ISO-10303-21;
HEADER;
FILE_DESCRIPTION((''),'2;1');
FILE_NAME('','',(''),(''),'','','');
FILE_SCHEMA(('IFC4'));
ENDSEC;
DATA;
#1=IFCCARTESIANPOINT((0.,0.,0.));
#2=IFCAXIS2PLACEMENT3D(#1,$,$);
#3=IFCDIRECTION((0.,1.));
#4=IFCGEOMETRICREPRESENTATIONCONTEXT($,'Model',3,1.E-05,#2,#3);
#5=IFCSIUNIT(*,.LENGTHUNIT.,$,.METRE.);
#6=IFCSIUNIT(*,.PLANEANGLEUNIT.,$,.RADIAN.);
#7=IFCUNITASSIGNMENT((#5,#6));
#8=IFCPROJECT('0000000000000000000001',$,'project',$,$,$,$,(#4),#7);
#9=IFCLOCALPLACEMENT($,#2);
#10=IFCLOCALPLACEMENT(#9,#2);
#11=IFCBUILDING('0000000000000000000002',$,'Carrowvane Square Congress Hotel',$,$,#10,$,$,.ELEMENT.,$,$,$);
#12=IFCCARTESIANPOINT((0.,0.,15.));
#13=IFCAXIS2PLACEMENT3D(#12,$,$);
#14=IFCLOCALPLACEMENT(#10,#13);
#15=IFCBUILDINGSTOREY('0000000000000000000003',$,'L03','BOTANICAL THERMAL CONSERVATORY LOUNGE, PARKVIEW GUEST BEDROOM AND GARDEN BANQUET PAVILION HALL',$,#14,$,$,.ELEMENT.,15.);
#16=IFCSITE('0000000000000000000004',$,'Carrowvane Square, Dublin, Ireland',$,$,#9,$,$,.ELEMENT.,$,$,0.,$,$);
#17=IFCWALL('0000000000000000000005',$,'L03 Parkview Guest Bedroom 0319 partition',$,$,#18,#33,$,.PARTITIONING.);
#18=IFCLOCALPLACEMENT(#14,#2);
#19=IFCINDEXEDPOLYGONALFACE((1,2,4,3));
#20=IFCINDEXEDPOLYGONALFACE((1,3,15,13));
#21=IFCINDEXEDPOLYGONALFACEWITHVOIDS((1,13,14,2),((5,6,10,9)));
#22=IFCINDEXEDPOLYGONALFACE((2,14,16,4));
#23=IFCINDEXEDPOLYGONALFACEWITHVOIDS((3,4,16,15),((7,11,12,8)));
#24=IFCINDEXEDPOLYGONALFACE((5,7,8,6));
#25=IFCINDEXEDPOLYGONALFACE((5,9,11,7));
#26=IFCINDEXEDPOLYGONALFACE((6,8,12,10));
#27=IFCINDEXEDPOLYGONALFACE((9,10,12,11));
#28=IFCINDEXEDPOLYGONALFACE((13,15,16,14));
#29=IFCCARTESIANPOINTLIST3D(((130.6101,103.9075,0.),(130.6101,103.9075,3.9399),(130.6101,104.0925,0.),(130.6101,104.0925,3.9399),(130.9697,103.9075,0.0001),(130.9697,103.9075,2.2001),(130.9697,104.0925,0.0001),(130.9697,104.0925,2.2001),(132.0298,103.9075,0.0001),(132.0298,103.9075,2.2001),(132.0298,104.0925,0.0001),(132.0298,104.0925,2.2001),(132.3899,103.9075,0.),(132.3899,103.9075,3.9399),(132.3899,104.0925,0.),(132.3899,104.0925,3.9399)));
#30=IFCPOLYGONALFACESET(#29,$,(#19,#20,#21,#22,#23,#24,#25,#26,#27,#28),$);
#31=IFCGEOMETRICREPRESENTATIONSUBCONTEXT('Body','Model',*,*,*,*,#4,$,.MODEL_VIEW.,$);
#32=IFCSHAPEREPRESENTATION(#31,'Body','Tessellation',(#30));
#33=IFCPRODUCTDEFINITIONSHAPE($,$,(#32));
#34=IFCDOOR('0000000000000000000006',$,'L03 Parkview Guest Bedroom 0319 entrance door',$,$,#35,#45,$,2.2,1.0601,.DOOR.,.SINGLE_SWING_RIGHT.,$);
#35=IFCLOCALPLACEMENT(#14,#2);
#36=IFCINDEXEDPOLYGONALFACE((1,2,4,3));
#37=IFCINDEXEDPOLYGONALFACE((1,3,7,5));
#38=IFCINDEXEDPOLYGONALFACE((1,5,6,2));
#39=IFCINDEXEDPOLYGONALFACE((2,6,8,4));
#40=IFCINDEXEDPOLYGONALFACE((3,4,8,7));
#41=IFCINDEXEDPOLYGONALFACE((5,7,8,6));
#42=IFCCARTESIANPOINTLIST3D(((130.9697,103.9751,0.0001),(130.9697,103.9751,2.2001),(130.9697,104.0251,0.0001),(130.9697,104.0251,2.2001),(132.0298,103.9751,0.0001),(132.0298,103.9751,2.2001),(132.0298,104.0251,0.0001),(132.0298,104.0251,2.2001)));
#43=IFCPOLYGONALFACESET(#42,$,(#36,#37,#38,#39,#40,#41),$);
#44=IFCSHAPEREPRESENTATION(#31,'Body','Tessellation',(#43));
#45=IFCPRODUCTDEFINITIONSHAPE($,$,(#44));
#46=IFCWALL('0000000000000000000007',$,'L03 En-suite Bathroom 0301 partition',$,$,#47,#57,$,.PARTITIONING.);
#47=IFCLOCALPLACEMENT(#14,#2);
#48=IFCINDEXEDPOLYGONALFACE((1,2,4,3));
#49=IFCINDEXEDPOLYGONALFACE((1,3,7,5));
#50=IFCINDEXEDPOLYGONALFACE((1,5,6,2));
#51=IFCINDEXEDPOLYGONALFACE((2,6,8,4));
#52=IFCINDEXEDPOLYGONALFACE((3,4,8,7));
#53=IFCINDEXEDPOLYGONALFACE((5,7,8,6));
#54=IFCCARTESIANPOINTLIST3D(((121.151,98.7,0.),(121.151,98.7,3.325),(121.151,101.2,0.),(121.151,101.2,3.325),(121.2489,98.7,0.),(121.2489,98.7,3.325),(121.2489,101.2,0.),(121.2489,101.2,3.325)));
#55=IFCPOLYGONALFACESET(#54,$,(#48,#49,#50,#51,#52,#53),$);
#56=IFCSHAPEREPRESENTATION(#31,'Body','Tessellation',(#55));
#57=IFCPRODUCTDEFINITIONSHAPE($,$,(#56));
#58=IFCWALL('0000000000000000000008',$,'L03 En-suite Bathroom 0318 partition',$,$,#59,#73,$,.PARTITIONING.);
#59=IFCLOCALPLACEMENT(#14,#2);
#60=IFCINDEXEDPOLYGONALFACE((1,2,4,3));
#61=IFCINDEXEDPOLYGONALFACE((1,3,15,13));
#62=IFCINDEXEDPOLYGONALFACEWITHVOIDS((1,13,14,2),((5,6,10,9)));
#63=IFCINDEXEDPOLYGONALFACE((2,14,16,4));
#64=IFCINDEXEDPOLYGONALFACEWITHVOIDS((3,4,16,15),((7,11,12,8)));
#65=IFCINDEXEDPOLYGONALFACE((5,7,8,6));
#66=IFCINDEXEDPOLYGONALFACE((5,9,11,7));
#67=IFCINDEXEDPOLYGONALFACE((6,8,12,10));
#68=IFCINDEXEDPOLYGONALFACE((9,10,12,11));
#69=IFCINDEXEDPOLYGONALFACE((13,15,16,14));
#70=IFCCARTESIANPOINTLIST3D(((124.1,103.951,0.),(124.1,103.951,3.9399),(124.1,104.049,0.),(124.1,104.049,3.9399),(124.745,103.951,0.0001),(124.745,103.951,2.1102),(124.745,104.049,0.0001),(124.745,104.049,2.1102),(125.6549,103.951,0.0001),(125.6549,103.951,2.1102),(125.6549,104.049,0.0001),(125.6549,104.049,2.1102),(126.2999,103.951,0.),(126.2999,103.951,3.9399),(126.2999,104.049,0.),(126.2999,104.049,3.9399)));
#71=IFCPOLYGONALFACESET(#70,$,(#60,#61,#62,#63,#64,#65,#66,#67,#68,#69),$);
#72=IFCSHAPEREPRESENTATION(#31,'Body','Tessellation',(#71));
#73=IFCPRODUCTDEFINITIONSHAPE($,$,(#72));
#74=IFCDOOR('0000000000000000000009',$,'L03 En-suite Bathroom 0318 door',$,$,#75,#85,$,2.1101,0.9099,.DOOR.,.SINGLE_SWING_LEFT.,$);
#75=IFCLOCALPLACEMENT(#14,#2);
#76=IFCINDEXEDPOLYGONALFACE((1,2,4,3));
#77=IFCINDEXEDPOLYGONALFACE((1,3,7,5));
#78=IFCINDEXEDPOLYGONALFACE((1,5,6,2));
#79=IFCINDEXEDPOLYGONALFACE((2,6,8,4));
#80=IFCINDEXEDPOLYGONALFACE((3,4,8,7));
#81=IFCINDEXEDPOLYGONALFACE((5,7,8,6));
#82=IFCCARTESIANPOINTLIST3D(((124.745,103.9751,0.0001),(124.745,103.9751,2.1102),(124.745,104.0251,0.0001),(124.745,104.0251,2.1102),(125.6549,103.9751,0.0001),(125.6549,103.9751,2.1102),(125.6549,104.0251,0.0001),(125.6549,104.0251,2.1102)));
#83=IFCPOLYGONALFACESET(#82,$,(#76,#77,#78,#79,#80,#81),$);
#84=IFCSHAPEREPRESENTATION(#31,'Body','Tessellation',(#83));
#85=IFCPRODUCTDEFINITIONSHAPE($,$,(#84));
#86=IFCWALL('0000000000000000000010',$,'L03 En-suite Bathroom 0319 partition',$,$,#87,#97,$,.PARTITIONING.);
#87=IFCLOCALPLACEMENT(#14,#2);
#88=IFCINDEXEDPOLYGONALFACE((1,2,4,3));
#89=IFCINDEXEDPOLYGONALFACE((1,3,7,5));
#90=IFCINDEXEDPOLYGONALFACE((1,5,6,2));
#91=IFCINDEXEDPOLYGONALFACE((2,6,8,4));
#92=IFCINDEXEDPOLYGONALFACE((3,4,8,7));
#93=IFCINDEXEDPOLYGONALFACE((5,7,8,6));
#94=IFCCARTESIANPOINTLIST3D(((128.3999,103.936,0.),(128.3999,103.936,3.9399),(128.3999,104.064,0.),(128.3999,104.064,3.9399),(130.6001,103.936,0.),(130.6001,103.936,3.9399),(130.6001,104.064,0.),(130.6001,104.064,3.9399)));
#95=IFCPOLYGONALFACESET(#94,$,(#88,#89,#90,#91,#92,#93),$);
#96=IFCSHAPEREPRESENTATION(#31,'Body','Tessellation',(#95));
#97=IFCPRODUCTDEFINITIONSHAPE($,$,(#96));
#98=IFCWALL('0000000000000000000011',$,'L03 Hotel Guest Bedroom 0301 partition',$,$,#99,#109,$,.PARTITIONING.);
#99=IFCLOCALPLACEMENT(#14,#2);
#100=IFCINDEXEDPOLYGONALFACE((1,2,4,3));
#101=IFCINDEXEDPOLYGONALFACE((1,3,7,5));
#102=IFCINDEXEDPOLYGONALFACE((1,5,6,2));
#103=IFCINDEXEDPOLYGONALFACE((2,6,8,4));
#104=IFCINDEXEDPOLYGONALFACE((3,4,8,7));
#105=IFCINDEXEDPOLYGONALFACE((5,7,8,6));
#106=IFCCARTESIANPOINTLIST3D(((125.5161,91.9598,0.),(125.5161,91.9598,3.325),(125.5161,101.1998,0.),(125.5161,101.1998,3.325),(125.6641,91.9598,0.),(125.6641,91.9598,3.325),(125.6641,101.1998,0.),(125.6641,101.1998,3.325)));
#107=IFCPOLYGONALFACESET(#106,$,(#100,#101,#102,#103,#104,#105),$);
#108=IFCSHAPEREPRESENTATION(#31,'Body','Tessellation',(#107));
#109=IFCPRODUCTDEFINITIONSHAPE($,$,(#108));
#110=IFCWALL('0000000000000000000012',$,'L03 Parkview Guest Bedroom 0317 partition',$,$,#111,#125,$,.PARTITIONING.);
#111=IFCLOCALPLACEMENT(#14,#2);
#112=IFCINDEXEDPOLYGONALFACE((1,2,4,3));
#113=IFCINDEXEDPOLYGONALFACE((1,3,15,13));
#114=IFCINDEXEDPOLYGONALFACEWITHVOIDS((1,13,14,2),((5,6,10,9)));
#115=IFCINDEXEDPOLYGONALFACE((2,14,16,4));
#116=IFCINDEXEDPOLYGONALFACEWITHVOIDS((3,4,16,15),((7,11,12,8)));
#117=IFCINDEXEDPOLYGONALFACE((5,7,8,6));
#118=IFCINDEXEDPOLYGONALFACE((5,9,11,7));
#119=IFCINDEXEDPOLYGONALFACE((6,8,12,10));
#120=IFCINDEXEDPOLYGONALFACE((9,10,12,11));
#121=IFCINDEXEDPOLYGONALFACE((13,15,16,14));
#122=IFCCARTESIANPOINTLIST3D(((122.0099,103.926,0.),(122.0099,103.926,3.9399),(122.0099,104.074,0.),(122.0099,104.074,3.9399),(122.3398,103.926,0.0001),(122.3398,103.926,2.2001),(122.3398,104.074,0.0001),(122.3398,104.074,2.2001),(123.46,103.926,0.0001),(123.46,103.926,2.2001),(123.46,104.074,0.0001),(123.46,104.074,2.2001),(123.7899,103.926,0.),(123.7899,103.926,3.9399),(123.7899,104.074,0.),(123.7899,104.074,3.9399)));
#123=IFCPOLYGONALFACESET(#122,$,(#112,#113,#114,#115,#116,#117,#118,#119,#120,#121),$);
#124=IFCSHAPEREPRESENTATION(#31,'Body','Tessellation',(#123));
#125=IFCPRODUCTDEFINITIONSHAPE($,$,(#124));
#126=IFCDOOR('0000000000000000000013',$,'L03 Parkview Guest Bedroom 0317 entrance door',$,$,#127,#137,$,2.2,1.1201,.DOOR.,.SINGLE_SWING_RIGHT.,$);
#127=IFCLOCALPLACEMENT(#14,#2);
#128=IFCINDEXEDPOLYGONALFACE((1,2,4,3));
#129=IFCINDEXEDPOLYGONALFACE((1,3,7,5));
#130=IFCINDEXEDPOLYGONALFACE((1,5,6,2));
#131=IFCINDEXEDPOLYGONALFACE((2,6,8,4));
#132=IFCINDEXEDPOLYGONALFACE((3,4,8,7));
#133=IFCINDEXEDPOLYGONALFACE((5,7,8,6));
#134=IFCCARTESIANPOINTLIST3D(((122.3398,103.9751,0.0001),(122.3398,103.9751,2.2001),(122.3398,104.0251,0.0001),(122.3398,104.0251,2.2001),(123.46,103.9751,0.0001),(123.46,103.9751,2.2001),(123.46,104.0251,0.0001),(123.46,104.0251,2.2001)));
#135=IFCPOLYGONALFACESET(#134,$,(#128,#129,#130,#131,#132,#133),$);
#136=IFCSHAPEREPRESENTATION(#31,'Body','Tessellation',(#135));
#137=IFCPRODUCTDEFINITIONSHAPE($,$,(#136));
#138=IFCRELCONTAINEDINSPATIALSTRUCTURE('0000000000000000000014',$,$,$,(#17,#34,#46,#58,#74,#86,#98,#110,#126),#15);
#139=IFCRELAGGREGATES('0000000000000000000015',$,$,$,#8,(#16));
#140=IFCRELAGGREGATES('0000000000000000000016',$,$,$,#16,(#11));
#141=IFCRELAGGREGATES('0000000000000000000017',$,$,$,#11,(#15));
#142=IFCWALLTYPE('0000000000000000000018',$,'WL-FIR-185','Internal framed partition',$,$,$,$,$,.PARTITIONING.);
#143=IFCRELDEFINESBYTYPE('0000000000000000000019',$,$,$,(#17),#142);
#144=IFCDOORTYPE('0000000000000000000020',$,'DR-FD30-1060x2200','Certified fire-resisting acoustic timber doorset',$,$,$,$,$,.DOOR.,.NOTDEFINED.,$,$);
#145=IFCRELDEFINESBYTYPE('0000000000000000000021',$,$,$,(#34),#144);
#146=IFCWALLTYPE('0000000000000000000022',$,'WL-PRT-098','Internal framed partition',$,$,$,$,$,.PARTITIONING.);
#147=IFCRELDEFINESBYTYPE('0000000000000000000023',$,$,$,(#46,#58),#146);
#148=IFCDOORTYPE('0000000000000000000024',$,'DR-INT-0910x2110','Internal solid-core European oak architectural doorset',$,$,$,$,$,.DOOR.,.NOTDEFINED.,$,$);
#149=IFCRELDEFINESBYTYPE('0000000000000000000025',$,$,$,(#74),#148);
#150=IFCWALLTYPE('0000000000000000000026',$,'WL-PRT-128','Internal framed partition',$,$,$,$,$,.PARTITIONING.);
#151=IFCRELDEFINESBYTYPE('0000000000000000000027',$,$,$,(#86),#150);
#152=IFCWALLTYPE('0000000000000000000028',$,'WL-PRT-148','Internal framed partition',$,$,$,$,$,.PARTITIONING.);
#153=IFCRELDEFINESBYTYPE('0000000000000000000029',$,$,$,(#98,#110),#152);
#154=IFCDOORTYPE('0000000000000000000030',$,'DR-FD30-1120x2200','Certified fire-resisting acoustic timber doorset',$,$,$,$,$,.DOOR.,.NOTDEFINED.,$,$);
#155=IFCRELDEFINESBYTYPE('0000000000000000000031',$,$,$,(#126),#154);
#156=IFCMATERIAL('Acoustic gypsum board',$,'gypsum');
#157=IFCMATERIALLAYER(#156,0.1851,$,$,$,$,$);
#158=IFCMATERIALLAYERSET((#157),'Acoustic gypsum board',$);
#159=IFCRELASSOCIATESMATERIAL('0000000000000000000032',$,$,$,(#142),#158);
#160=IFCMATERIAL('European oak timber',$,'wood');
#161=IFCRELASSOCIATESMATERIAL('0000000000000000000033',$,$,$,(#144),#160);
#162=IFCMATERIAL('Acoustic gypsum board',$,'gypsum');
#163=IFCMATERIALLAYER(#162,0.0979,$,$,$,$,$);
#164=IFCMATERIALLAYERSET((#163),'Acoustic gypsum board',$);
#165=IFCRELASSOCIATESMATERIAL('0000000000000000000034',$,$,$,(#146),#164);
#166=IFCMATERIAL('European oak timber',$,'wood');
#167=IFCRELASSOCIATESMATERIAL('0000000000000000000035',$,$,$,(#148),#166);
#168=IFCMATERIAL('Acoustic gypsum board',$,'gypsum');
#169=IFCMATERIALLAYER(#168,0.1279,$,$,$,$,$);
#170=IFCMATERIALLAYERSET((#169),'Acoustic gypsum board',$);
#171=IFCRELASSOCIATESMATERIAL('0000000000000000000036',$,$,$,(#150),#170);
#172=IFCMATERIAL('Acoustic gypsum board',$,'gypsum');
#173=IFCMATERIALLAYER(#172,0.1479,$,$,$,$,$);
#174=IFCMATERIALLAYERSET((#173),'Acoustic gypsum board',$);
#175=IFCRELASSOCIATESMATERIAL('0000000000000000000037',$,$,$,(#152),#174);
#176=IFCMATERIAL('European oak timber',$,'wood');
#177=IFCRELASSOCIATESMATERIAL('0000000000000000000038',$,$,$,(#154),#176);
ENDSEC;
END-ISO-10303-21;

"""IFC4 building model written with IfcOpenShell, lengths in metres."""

from ifc_helpers import new_model, si_unit, direction, frame, frame_2d, origin, place, context, subcontext, project, spatial, rectangle, extrude, material, layer, layer_set, type_object, element, fill, save


model = new_model("IFC4")

# Units and contexts
model_context = context("Model", 3, precision=1e-05, world=origin(), true_north=direction((0.0, 1.0)))
body_context = subcontext(model_context, "Body", "Model", "MODEL_VIEW")
ifc_project = project(units=[si_unit("LENGTHUNIT", "METRE"), si_unit("PLANEANGLEUNIT", "RADIAN")], contexts=[model_context])

# Site, building, storey
site_placement = place(None, origin())
site = spatial("IfcSite", under=ifc_project, at=site_placement, Name="Carrowvane Square, Dublin, Ireland", CompositionType="ELEMENT", RefElevation=0.0)
building_placement = place(site_placement, origin())
building = spatial("IfcBuilding", under=site, at=building_placement, Name="Carrowvane Square Congress Hotel", CompositionType="ELEMENT")
storey_placement = place(building_placement, frame((0.0, 0.0, 15.0)))
storey = spatial("IfcBuildingStorey", under=building, at=storey_placement, Name="L03", Description="BOTANICAL THERMAL CONSERVATORY LOUNGE, PARKVIEW GUEST BEDROOM AND GARDEN BANQUET PAVILION HALL", CompositionType="ELEMENT", Elevation=15.0)

# Shared definitions
ifc_material_1 = material(Name="Acoustic gypsum board", Category="gypsum")
ifc_layer_1 = layer(ifc_material_1, 0.1851)
ifc_layer_set_1 = layer_set([ifc_layer_1], Name="Acoustic gypsum board")
wall_type_1 = type_object("IfcWallType", Name="WL-FIR-185", Description="Internal framed partition", PredefinedType="PARTITIONING", material=ifc_layer_set_1)

# Wall, opening, door
wall_1_placement = place(storey_placement, frame((132.3899, 104.0, 0.0), z_axis=(0.0, 0.0, 1.0), x_axis=(-1.0, 0.0, 0.0)))
wall_1 = element("IfcWall", 1, at=wall_1_placement, inside=storey, type_object=wall_type_1, Name="L03 Parkview Guest Bedroom 0319 partition", PredefinedType="PARTITIONING", context=body_context, shape_type="SweptSolid", body=[
    extrude(rectangle(XDim=1.7798, YDim=0.1851, at=frame_2d((0.8899, 0.0))), origin(), (0.0, 0.0, 1.0), 3.9399),
])
opening_1_placement = place(wall_1_placement, frame((0.3601, 0.0, 0.0)))
opening_1 = element("IfcOpeningElement", 2, at=opening_1_placement, cuts=wall_1, PredefinedType="OPENING", context=body_context, shape_type="SweptSolid", body=[
    extrude(rectangle(XDim=1.0601, YDim=2.2, at=frame_2d((0.53, 1.1001))), frame((0.0, 0.1025, 0.0), z_axis=(0.0, -1.0, 0.0), x_axis=(1.0, 0.0, 0.0)), (0.0, 0.0, 1.0), 0.2051),
])
ifc_material_2 = material(Name="European oak timber", Category="wood")
door_type_1 = type_object("IfcDoorType", Name="DR-FD30-1060x2200", Description="Certified fire-resisting acoustic timber doorset", OperationType="NOTDEFINED", PredefinedType="DOOR", material=ifc_material_2)
door_1_placement = place(opening_1_placement, origin())
door_1 = element("IfcDoor", 3, at=door_1_placement, inside=storey, type_object=door_type_1, Name="L03 Parkview Guest Bedroom 0319 entrance door", OperationType="SINGLE_SWING_RIGHT", OverallHeight=2.2, OverallWidth=1.0601, PredefinedType="DOOR", context=body_context, shape_type="SweptSolid", body=[
    extrude(rectangle(XDim=1.0601, YDim=2.2, at=frame_2d((0.53, 1.1001))), frame((0.0, 0.0249, 0.0), z_axis=(0.0, -1.0, 0.0), x_axis=(1.0, 0.0, 0.0)), (0.0, 0.0, 1.0), 0.05),
])
fill(opening_1, door_1)

# Wall
ifc_material_3 = material(Name="Acoustic gypsum board", Category="gypsum")
ifc_layer_2 = layer(ifc_material_3, 0.0979)
ifc_layer_set_2 = layer_set([ifc_layer_2], Name="Acoustic gypsum board")
wall_type_2 = type_object("IfcWallType", Name="WL-PRT-098", Description="Internal framed partition", PredefinedType="PARTITIONING", material=ifc_layer_set_2)
wall_2_placement = place(storey_placement, frame((121.2, 98.7, 0.0), z_axis=(0.0, 0.0, 1.0), x_axis=(0.0, 1.0, 0.0)))
element("IfcWall", 4, at=wall_2_placement, inside=storey, type_object=wall_type_2, Name="L03 En-suite Bathroom 0301 partition", PredefinedType="PARTITIONING", context=body_context, shape_type="SweptSolid", body=[
    extrude(rectangle(XDim=2.5, YDim=0.0979, at=frame_2d((1.25, 0.0))), origin(), (0.0, 0.0, 1.0), 3.325),
])

# Wall, opening, door
wall_3_placement = place(storey_placement, frame((126.3, 104.0, 0.0), z_axis=(0.0, 0.0, 1.0), x_axis=(-1.0, 0.0, 0.0)))
wall_3 = element("IfcWall", 5, at=wall_3_placement, inside=storey, type_object=wall_type_2, Name="L03 En-suite Bathroom 0318 partition", PredefinedType="PARTITIONING", context=body_context, shape_type="SweptSolid", body=[
    extrude(rectangle(XDim=2.2, YDim=0.0979, at=frame_2d((1.1001, 0.0))), origin(), (0.0, 0.0, 1.0), 3.9399),
])
opening_2_placement = place(wall_3_placement, frame((0.645, 0.0, 0.0)))
opening_2 = element("IfcOpeningElement", 6, at=opening_2_placement, cuts=wall_3, PredefinedType="OPENING", context=body_context, shape_type="SweptSolid", body=[
    extrude(rectangle(XDim=0.9099, YDim=2.1101, at=frame_2d((0.4551, 1.0552))), frame((0.0, 0.0588, 0.0), z_axis=(0.0, -1.0, 0.0), x_axis=(1.0, 0.0, 0.0)), (0.0, 0.0, 1.0), 0.1179),
])
ifc_material_4 = material(Name="European oak timber", Category="wood")
door_type_2 = type_object("IfcDoorType", Name="DR-INT-0910x2110", Description="Internal solid-core European oak architectural doorset", OperationType="NOTDEFINED", PredefinedType="DOOR", material=ifc_material_4)
door_2_placement = place(opening_2_placement, origin())
door_2 = element("IfcDoor", 7, at=door_2_placement, inside=storey, type_object=door_type_2, Name="L03 En-suite Bathroom 0318 door", OperationType="SINGLE_SWING_LEFT", OverallHeight=2.1101, OverallWidth=0.9099, PredefinedType="DOOR", context=body_context, shape_type="SweptSolid", body=[
    extrude(rectangle(XDim=0.9099, YDim=2.1101, at=frame_2d((0.4551, 1.0552))), frame((0.0, 0.0249, 0.0), z_axis=(0.0, -1.0, 0.0), x_axis=(1.0, 0.0, 0.0)), (0.0, 0.0, 1.0), 0.05),
])
fill(opening_2, door_2)

# Wall
ifc_material_5 = material(Name="Acoustic gypsum board", Category="gypsum")
ifc_layer_3 = layer(ifc_material_5, 0.1279)
ifc_layer_set_3 = layer_set([ifc_layer_3], Name="Acoustic gypsum board")
wall_type_3 = type_object("IfcWallType", Name="WL-PRT-128", Description="Internal framed partition", PredefinedType="PARTITIONING", material=ifc_layer_set_3)
wall_4_placement = place(storey_placement, frame((130.6001, 104.0, 0.0), z_axis=(0.0, 0.0, 1.0), x_axis=(-1.0, 0.0, 0.0)))
element("IfcWall", 8, at=wall_4_placement, inside=storey, type_object=wall_type_3, Name="L03 En-suite Bathroom 0319 partition", PredefinedType="PARTITIONING", context=body_context, shape_type="SweptSolid", body=[
    extrude(rectangle(XDim=2.2002, YDim=0.1279, at=frame_2d((1.1001, 0.0))), origin(), (0.0, 0.0, 1.0), 3.9399),
])

# Wall
ifc_material_6 = material(Name="Acoustic gypsum board", Category="gypsum")
ifc_layer_4 = layer(ifc_material_6, 0.1479)
ifc_layer_set_4 = layer_set([ifc_layer_4], Name="Acoustic gypsum board")
wall_type_4 = type_object("IfcWallType", Name="WL-PRT-148", Description="Internal framed partition", PredefinedType="PARTITIONING", material=ifc_layer_set_4)
wall_5_placement = place(storey_placement, frame((125.5901, 101.2, 0.0), z_axis=(0.0, 0.0, 1.0), x_axis=(0.0, -1.0, 0.0)))
element("IfcWall", 9, at=wall_5_placement, inside=storey, type_object=wall_type_4, Name="L03 Hotel Guest Bedroom 0301 partition", PredefinedType="PARTITIONING", context=body_context, shape_type="SweptSolid", body=[
    extrude(rectangle(XDim=9.24, YDim=0.1479, at=frame_2d((4.6201, 0.0))), origin(), (0.0, 0.0, 1.0), 3.325),
])

# Wall, opening, door
wall_6_placement = place(storey_placement, frame((123.79, 104.0, 0.0), z_axis=(0.0, 0.0, 1.0), x_axis=(-1.0, 0.0, 0.0)))
wall_6 = element("IfcWall", 10, at=wall_6_placement, inside=storey, type_object=wall_type_4, Name="L03 Parkview Guest Bedroom 0317 partition", PredefinedType="PARTITIONING", context=body_context, shape_type="SweptSolid", body=[
    extrude(rectangle(XDim=1.78, YDim=0.1479, at=frame_2d((0.8901, 0.0))), origin(), (0.0, 0.0, 1.0), 3.9399),
])
opening_3_placement = place(wall_6_placement, frame((0.3301, 0.0, 0.0)))
opening_3 = element("IfcOpeningElement", 11, at=opening_3_placement, cuts=wall_6, PredefinedType="OPENING", context=body_context, shape_type="SweptSolid", body=[
    extrude(rectangle(XDim=1.1201, YDim=2.2, at=frame_2d((0.5601, 1.1001))), frame((0.0, 0.084, 0.0), z_axis=(0.0, -1.0, 0.0), x_axis=(1.0, 0.0, 0.0)), (0.0, 0.0, 1.0), 0.168),
])
ifc_material_7 = material(Name="European oak timber", Category="wood")
door_type_3 = type_object("IfcDoorType", Name="DR-FD30-1120x2200", Description="Certified fire-resisting acoustic timber doorset", OperationType="NOTDEFINED", PredefinedType="DOOR", material=ifc_material_7)
door_3_placement = place(opening_3_placement, origin())
door_3 = element("IfcDoor", 12, at=door_3_placement, inside=storey, type_object=door_type_3, Name="L03 Parkview Guest Bedroom 0317 entrance door", OperationType="SINGLE_SWING_RIGHT", OverallHeight=2.2, OverallWidth=1.1201, PredefinedType="DOOR", context=body_context, shape_type="SweptSolid", body=[
    extrude(rectangle(XDim=1.1201, YDim=2.2, at=frame_2d((0.5601, 1.1001))), frame((0.0, 0.0249, 0.0), z_axis=(0.0, -1.0, 0.0), x_axis=(1.0, 0.0, 0.0)), (0.0, 0.0, 1.0), 0.05),
])
fill(opening_3, door_3)

save(model, "model.ifc")
